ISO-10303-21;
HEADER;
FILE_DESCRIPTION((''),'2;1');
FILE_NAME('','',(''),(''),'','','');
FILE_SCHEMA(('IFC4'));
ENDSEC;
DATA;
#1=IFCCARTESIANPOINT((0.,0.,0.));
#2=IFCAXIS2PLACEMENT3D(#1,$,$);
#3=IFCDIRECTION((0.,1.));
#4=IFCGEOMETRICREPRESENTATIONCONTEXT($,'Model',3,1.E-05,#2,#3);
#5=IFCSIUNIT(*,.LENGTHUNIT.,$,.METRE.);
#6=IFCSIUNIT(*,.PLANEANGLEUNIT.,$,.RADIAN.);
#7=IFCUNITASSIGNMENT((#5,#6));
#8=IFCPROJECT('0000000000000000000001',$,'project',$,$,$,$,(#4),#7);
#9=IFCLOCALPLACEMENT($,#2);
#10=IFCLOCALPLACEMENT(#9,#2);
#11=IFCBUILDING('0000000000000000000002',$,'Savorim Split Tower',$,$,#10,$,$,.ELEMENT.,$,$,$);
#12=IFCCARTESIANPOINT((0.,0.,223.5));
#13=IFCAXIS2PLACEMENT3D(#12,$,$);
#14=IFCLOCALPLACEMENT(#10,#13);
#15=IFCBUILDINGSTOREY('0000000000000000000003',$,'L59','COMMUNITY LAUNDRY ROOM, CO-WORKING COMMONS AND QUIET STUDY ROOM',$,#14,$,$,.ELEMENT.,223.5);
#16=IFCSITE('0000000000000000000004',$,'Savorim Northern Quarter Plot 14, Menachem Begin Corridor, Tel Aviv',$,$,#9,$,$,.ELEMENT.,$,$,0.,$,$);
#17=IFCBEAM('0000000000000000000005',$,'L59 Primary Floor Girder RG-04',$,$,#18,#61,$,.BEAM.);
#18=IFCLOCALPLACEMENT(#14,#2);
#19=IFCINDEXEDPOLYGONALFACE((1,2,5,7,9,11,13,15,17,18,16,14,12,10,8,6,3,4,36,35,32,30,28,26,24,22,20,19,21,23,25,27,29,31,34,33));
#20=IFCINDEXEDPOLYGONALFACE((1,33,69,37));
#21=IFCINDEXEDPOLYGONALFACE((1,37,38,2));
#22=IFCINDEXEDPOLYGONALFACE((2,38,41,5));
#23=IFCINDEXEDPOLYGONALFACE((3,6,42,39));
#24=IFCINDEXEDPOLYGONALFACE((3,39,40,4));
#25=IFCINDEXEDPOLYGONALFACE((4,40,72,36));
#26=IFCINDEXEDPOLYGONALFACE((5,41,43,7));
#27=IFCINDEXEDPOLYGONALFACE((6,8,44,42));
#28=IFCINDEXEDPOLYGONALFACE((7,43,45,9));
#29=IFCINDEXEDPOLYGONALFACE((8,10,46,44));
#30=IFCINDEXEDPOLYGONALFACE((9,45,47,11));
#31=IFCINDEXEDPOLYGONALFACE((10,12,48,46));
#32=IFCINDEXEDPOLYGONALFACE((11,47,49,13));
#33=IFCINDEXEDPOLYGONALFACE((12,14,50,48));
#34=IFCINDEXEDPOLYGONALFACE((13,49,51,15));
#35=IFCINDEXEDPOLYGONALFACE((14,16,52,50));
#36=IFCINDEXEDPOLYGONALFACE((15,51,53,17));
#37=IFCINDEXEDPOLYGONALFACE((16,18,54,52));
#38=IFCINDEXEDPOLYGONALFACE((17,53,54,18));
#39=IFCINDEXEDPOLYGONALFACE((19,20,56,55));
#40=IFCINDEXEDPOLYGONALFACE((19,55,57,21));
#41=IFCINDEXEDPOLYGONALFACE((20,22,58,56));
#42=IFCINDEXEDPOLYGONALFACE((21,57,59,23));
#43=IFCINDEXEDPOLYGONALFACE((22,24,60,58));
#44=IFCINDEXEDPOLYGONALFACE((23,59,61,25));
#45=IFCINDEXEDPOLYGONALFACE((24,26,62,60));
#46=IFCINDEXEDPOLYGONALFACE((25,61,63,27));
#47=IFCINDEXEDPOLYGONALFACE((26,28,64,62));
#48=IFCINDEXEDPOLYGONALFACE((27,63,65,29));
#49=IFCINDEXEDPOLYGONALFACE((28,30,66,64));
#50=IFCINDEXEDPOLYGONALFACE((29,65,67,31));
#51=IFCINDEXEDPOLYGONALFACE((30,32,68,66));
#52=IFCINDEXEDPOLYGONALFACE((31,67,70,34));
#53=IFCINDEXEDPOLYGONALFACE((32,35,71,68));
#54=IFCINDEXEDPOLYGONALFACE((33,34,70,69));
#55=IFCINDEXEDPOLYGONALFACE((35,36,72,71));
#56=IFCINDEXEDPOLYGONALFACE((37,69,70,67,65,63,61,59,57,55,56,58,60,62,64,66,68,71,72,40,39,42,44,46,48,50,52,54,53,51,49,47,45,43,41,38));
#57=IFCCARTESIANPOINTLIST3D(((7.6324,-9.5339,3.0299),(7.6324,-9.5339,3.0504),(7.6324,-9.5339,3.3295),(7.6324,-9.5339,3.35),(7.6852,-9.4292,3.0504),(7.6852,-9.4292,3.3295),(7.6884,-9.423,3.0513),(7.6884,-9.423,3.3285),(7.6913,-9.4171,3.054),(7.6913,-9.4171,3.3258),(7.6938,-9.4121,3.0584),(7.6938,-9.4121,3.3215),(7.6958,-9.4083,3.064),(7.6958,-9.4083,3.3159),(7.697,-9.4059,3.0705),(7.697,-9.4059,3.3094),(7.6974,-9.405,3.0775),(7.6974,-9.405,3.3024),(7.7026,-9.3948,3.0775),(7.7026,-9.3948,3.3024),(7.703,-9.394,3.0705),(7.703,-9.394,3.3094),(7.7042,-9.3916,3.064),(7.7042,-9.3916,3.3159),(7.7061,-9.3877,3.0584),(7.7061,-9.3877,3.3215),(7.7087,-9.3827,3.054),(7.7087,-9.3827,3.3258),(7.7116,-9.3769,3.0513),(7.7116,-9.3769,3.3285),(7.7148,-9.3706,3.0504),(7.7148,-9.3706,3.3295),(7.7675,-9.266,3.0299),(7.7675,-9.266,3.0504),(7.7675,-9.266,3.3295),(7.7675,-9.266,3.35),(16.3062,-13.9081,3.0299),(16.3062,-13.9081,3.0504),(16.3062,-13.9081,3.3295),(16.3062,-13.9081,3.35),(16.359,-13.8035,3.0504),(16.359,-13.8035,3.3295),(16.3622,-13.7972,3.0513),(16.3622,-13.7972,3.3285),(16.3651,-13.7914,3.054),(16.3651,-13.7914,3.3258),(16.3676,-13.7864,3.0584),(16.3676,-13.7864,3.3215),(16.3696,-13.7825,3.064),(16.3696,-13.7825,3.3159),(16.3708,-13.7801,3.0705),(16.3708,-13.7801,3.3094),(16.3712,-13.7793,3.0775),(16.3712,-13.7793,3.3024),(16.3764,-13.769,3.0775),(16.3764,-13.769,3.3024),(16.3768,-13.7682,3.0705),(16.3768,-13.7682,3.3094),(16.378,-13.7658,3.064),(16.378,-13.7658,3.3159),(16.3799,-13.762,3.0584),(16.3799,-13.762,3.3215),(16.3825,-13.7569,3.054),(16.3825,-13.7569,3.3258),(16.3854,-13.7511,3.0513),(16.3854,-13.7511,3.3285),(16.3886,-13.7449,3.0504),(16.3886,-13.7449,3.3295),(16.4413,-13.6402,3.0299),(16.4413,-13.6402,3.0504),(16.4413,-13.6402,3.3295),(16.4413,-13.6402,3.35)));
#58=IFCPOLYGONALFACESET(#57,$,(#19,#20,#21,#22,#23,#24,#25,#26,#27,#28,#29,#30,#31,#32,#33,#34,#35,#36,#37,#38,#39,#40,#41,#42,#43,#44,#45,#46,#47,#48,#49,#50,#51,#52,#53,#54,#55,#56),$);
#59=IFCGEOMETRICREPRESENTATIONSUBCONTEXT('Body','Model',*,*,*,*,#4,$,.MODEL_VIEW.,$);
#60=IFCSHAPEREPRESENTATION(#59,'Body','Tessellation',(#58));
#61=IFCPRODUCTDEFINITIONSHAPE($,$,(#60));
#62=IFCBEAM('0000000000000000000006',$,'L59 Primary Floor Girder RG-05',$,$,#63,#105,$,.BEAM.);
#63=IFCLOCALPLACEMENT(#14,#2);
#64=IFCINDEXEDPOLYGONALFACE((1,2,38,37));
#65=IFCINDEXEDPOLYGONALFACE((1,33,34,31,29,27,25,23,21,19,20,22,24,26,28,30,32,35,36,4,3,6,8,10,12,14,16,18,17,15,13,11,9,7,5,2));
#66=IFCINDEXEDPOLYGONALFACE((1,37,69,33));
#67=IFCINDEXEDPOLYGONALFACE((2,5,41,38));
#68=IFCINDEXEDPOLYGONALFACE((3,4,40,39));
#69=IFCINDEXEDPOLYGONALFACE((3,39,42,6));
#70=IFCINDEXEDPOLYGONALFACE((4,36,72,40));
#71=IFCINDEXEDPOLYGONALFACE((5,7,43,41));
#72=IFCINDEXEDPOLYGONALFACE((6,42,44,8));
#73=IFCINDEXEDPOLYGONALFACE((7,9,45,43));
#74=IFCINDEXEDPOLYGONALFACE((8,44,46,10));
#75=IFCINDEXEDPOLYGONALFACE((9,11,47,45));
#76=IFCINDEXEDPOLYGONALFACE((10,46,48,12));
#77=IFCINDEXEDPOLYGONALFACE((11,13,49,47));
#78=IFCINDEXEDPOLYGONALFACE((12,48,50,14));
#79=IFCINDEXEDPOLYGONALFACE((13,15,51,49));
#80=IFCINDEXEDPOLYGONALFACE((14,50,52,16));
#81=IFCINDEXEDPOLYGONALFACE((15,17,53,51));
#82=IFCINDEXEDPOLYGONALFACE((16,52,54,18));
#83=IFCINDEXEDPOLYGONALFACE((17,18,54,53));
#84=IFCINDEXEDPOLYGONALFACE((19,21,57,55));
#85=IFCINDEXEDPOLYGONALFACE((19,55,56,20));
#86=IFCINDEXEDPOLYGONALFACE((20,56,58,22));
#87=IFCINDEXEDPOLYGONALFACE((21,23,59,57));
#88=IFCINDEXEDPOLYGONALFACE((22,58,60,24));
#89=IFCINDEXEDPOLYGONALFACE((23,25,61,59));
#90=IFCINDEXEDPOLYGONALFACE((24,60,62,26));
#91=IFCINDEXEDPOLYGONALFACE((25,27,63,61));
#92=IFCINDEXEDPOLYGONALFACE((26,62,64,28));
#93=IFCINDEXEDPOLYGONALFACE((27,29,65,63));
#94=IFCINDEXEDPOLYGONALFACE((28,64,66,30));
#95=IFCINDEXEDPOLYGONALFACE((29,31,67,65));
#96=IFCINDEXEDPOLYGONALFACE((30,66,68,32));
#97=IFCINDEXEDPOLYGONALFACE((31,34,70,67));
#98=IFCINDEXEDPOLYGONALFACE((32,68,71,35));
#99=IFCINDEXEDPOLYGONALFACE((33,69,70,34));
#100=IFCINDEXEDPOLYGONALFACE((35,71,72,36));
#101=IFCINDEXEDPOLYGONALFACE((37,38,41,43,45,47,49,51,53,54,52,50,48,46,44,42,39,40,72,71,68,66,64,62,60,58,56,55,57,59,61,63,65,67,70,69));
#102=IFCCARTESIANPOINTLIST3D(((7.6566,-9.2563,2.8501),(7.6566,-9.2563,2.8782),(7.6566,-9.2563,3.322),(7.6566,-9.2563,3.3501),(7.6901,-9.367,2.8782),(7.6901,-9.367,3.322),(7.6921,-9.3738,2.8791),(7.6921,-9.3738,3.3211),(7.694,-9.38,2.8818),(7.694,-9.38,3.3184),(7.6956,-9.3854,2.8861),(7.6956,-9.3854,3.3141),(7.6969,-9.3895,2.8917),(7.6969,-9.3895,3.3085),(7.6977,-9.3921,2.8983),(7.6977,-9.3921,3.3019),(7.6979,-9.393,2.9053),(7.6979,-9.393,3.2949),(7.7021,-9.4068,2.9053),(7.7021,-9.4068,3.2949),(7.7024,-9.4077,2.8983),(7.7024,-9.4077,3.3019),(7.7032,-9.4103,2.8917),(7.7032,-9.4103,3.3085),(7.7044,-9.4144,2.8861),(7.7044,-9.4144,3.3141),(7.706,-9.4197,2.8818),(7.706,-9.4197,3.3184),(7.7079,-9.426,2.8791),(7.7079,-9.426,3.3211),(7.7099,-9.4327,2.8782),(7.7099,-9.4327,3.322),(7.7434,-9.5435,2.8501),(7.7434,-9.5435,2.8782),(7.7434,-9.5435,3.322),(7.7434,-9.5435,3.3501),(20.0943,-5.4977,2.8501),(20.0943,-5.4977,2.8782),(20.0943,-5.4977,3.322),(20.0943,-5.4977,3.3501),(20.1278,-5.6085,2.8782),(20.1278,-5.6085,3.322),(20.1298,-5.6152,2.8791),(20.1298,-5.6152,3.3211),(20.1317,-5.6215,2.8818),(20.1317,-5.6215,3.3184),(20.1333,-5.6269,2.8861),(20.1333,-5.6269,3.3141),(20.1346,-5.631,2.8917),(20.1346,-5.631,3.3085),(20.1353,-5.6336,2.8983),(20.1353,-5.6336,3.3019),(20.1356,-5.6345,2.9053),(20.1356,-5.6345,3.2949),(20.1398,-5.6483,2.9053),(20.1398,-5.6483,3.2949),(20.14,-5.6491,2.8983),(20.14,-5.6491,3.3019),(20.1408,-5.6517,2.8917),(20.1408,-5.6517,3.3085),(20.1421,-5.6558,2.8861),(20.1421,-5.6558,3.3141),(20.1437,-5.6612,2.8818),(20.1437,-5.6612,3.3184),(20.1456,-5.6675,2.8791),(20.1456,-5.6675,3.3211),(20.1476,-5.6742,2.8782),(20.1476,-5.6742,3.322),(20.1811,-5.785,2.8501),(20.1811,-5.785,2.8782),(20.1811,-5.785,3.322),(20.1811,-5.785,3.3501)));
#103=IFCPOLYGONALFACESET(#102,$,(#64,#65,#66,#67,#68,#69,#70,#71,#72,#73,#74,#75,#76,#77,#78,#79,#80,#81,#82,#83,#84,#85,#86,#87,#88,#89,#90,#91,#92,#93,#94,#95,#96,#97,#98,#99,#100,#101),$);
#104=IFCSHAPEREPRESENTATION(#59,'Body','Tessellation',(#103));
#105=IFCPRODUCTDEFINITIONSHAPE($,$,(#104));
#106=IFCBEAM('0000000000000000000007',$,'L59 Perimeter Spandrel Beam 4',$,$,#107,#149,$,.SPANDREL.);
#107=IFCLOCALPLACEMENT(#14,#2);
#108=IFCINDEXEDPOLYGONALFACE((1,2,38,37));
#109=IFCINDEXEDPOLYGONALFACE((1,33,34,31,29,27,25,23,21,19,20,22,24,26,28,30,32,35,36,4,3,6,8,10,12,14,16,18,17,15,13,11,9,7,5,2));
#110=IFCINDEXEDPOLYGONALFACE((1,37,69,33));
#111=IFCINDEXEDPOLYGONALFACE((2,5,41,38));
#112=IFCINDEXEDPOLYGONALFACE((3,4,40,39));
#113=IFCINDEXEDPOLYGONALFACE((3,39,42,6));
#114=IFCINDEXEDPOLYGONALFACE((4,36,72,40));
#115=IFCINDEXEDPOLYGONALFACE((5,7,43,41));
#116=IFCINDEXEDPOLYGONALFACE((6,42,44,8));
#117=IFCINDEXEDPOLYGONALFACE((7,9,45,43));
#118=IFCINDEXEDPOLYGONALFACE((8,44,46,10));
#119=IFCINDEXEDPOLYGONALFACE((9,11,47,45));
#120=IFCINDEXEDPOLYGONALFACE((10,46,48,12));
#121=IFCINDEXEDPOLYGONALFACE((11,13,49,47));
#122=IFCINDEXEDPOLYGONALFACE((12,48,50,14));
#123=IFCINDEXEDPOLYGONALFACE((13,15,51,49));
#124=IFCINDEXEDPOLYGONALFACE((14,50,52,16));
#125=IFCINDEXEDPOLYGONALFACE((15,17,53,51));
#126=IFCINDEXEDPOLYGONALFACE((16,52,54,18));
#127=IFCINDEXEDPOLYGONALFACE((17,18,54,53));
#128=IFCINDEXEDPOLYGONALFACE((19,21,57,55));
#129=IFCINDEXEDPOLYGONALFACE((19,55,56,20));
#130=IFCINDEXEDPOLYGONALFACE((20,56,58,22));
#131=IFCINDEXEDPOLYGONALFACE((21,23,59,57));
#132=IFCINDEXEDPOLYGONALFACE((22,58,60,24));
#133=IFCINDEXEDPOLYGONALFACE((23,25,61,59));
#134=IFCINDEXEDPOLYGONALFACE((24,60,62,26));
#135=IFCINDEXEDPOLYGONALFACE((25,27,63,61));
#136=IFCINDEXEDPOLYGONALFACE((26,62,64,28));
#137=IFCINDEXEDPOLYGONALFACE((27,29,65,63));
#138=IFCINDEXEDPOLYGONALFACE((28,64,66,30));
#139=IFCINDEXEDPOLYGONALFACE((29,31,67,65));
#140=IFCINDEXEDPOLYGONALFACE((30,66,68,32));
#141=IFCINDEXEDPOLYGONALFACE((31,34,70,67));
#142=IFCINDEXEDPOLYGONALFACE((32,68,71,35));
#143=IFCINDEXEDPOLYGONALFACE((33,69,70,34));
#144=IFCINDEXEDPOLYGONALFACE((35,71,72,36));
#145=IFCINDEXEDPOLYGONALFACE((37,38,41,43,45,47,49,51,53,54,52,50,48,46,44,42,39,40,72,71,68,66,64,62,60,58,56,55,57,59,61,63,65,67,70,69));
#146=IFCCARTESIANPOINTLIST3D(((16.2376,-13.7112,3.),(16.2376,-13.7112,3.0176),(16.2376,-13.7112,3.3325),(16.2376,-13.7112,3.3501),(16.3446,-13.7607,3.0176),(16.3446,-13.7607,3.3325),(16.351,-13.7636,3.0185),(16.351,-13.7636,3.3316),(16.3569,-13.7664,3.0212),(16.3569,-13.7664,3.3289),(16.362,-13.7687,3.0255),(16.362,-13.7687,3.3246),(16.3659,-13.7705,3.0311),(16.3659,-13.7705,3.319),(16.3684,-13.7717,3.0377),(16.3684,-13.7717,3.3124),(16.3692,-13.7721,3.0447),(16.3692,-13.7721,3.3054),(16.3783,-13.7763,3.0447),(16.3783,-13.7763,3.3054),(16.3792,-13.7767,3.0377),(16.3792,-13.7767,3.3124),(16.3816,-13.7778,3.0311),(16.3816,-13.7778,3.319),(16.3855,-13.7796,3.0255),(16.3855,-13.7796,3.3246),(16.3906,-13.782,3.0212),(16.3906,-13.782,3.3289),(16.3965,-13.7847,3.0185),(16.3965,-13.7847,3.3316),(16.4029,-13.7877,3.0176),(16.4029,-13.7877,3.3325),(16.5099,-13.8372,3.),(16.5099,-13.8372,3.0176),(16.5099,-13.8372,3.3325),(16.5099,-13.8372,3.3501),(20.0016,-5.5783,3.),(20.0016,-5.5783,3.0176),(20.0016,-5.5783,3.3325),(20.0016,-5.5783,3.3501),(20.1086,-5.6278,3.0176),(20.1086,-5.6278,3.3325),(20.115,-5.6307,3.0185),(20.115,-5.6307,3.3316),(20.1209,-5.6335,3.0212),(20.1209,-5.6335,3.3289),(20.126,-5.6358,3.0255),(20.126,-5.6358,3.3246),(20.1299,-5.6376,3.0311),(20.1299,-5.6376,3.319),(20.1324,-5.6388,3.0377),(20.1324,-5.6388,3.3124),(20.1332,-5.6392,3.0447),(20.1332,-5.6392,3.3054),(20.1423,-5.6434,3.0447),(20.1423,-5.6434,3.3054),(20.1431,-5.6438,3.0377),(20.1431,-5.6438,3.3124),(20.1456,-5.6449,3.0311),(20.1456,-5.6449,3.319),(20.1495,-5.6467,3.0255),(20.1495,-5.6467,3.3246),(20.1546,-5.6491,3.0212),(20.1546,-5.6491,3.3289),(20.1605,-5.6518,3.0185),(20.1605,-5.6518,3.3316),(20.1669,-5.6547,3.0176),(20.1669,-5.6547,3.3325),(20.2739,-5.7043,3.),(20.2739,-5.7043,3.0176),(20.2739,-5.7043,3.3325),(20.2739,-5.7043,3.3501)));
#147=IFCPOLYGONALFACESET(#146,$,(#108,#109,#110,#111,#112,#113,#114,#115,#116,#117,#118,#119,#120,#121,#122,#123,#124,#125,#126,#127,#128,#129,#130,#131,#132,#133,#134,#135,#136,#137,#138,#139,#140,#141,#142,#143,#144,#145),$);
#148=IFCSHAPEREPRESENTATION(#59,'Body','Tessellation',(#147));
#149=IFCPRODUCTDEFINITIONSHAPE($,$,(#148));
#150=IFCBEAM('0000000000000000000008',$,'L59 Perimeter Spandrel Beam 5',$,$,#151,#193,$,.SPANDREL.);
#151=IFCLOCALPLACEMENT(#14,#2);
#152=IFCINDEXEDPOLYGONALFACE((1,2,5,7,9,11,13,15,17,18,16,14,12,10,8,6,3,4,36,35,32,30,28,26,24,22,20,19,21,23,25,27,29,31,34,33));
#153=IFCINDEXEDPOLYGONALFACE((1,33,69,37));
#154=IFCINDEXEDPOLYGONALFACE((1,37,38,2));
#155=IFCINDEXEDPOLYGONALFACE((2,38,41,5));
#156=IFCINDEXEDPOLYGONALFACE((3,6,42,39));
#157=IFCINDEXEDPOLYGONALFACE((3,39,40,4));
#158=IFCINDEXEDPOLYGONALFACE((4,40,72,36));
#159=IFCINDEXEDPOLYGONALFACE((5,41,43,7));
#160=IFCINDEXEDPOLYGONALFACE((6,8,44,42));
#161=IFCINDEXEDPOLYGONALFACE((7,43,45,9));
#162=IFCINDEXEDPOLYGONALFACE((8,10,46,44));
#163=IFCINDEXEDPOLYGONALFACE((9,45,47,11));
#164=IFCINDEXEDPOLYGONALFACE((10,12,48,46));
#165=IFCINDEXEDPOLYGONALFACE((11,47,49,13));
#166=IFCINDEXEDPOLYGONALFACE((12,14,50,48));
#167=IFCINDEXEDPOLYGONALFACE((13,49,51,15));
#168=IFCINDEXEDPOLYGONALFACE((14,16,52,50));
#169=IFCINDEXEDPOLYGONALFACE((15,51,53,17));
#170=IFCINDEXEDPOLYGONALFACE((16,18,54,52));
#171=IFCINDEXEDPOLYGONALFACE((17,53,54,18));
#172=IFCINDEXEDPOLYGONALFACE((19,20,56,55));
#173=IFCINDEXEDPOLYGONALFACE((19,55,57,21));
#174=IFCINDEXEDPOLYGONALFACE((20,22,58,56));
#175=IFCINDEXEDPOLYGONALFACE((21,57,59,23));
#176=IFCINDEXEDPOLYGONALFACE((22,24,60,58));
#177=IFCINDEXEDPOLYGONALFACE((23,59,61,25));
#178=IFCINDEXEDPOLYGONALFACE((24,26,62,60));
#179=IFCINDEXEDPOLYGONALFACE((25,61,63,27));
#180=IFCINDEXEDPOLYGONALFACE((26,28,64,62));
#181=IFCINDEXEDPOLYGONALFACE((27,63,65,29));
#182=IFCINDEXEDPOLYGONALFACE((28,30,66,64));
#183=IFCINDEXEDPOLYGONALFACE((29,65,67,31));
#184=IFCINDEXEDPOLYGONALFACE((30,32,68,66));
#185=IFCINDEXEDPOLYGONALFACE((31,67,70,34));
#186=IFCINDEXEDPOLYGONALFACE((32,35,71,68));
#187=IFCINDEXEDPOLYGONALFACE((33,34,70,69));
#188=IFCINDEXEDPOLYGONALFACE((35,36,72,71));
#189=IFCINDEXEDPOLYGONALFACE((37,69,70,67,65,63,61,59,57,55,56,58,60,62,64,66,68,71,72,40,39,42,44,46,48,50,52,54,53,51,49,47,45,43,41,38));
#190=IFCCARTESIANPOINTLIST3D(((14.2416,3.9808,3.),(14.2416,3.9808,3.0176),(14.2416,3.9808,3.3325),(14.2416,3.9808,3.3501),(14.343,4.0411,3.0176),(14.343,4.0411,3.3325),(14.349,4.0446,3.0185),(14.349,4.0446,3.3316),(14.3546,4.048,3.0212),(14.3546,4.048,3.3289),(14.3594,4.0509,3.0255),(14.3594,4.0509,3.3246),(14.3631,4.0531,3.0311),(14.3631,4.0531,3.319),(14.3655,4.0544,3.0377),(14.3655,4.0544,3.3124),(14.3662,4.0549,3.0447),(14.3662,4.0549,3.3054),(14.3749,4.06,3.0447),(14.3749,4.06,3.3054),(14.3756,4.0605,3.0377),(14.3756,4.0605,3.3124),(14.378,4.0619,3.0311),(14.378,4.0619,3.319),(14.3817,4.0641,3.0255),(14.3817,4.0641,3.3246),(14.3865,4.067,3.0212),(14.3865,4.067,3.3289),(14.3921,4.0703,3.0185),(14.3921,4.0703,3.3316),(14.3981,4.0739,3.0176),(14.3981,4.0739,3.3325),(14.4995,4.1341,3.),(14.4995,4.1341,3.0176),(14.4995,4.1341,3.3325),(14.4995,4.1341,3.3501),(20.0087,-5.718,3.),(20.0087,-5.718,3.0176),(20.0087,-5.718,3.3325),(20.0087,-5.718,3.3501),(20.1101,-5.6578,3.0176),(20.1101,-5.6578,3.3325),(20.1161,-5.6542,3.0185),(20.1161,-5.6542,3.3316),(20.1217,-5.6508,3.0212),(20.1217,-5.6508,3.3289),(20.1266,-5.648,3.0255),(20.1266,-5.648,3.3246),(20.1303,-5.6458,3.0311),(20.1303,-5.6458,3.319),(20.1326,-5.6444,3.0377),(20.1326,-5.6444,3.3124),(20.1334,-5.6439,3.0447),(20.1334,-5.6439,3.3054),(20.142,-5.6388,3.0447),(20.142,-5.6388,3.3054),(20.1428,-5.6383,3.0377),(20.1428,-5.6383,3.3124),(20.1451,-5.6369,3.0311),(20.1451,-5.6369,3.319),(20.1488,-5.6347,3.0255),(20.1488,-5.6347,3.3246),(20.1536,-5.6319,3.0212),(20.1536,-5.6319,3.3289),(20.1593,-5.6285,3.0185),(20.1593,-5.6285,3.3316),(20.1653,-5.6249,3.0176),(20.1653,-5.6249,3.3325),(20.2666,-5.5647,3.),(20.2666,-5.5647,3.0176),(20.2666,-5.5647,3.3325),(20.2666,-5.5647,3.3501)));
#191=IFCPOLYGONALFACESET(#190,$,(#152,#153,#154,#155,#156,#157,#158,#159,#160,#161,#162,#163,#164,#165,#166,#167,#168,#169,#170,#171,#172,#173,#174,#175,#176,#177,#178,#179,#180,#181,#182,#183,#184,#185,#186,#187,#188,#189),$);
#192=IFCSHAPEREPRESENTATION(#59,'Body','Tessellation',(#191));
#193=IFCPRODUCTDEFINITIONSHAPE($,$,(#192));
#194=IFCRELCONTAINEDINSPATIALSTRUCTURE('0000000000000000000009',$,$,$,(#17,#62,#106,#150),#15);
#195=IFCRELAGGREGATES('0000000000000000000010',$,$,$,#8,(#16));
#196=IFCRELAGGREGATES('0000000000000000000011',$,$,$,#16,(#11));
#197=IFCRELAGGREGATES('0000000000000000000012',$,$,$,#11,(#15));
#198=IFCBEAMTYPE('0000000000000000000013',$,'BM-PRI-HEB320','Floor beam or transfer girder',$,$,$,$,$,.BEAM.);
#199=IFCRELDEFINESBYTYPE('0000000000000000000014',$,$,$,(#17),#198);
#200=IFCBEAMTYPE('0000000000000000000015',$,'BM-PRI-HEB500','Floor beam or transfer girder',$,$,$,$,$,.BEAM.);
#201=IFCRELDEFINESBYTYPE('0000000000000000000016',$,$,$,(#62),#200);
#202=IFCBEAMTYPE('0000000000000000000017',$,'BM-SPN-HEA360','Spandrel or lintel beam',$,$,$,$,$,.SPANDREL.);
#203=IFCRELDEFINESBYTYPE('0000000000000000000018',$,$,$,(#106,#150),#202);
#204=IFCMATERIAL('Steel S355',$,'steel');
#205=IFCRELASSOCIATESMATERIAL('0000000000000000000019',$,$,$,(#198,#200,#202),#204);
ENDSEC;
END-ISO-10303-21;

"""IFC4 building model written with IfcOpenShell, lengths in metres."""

from ifc_helpers import new_model, si_unit, direction, frame, origin, origin_2d, place, context, subcontext, project, spatial, i_section, extrude, material, material_profile, profile_set, type_object, element, save


model = new_model("IFC4")

# Units and contexts
model_context = context("Model", 3, precision=1e-05, world=origin(), true_north=direction((0.0, 1.0)))
body_context = subcontext(model_context, "Body", "Model", "MODEL_VIEW")
ifc_project = project(units=[si_unit("LENGTHUNIT", "METRE"), si_unit("PLANEANGLEUNIT", "RADIAN")], contexts=[model_context])

# Site, building, storey
site_placement = place(None, origin())
site = spatial("IfcSite", under=ifc_project, at=site_placement, Name="Savorim Northern Quarter Plot 14, Menachem Begin Corridor, Tel Aviv", CompositionType="ELEMENT", RefElevation=0.0)
building_placement = place(site_placement, origin())
building = spatial("IfcBuilding", under=site, at=building_placement, Name="Savorim Split Tower", CompositionType="ELEMENT")
storey_placement = place(building_placement, frame((0.0, 0.0, 223.5)))
storey = spatial("IfcBuildingStorey", under=building, at=storey_placement, Name="L59", Description="COMMUNITY LAUNDRY ROOM, CO-WORKING COMMONS AND QUIET STUDY ROOM", CompositionType="ELEMENT", Elevation=223.5)

# Shared definitions
ifc_material_1 = material(Name="Steel S355", Category="steel")

# Beams
ifc_material_profile_1 = material_profile(ifc_material_1, i_section(OverallWidth=0.3, OverallDepth=0.3201, WebThickness=0.0115, FlangeThickness=0.0205, FilletRadius=0.0271, at=origin_2d()), Name="HEB 320")
ifc_profile_set_1 = profile_set([ifc_material_profile_1], Name="Steel S355")
beam_type_1 = type_object("IfcBeamType", Name="BM-PRI-HEB320", Description="Floor beam or transfer girder", PredefinedType="BEAM", material=ifc_profile_set_1)
beam_1_placement = place(storey_placement, frame((16.3738, -13.7742, 3.1899), z_axis=(-0.892884, 0.450287, 0.0), x_axis=(-0.450287, -0.892884, 0.0)))
element("IfcBeam", 1, at=beam_1_placement, inside=storey, type_object=beam_type_1, Name="L59 Primary Floor Girder RG-04", PredefinedType="BEAM", context=body_context, shape_type="SweptSolid", body=[
    extrude(i_section(OverallWidth=0.3, OverallDepth=0.3201, WebThickness=0.0115, FlangeThickness=0.0205, FilletRadius=0.0271, at=origin_2d()), origin(), (0.0, 0.0, 1.0), 9.7144),
])
ifc_material_profile_2 = material_profile(ifc_material_1, i_section(OverallWidth=0.3, OverallDepth=0.5, WebThickness=0.0144, FlangeThickness=0.0281, FilletRadius=0.0271, at=origin_2d()), Name="HEB 500")
ifc_profile_set_2 = profile_set([ifc_material_profile_2], Name="Steel S355")
beam_type_2 = type_object("IfcBeamType", Name="BM-PRI-HEB500", Description="Floor beam or transfer girder", PredefinedType="BEAM", material=ifc_profile_set_2)
beam_2_placement = place(storey_placement, frame((20.1377, -5.6414, 3.1001), z_axis=(-0.957248, -0.289269, 0.0), x_axis=(0.289269, -0.957248, 0.0)))
element("IfcBeam", 2, at=beam_2_placement, inside=storey, type_object=beam_type_2, Name="L59 Primary Floor Girder RG-05", PredefinedType="BEAM", context=body_context, shape_type="SweptSolid", body=[
    extrude(i_section(OverallWidth=0.3, OverallDepth=0.5, WebThickness=0.0144, FlangeThickness=0.0281, FilletRadius=0.0271, at=origin_2d()), origin(), (0.0, 0.0, 1.0), 12.9932),
])
ifc_material_profile_3 = material_profile(ifc_material_1, i_section(OverallWidth=0.3, OverallDepth=0.3501, WebThickness=0.01, FlangeThickness=0.0176, FilletRadius=0.0271, at=origin_2d()), Name="HEA 360")
ifc_profile_set_3 = profile_set([ifc_material_profile_3], Name="Steel S355")
beam_type_3 = type_object("IfcBeamType", Name="BM-SPN-HEA360", Description="Spandrel or lintel beam", PredefinedType="SPANDREL", material=ifc_profile_set_3)
beam_3_placement = place(storey_placement, frame((16.3738, -13.7742, 3.175), z_axis=(0.420006, 0.907521, 0.0), x_axis=(-0.907521, 0.420006, 0.0)))
element("IfcBeam", 3, at=beam_3_placement, inside=storey, type_object=beam_type_3, Name="L59 Perimeter Spandrel Beam 4", PredefinedType="SPANDREL", context=body_context, shape_type="SweptSolid", body=[
    extrude(i_section(OverallWidth=0.3, OverallDepth=0.3501, WebThickness=0.01, FlangeThickness=0.0176, FilletRadius=0.0271, at=origin_2d()), origin(), (0.0, 0.0, 1.0), 8.9617),
])
beam_4_placement = place(storey_placement, frame((20.1377, -5.6414, 3.175), z_axis=(-0.511094, 0.859525, 0.0), x_axis=(-0.859525, -0.511094, 0.0)))
element("IfcBeam", 4, at=beam_4_placement, inside=storey, type_object=beam_type_3, Name="L59 Perimeter Spandrel Beam 5", PredefinedType="SPANDREL", context=body_context, shape_type="SweptSolid", body=[
    extrude(i_section(OverallWidth=0.3, OverallDepth=0.3501, WebThickness=0.01, FlangeThickness=0.0176, FilletRadius=0.0271, at=origin_2d()), origin(), (0.0, 0.0, 1.0), 11.2839),
])

save(model, "model.ifc")
